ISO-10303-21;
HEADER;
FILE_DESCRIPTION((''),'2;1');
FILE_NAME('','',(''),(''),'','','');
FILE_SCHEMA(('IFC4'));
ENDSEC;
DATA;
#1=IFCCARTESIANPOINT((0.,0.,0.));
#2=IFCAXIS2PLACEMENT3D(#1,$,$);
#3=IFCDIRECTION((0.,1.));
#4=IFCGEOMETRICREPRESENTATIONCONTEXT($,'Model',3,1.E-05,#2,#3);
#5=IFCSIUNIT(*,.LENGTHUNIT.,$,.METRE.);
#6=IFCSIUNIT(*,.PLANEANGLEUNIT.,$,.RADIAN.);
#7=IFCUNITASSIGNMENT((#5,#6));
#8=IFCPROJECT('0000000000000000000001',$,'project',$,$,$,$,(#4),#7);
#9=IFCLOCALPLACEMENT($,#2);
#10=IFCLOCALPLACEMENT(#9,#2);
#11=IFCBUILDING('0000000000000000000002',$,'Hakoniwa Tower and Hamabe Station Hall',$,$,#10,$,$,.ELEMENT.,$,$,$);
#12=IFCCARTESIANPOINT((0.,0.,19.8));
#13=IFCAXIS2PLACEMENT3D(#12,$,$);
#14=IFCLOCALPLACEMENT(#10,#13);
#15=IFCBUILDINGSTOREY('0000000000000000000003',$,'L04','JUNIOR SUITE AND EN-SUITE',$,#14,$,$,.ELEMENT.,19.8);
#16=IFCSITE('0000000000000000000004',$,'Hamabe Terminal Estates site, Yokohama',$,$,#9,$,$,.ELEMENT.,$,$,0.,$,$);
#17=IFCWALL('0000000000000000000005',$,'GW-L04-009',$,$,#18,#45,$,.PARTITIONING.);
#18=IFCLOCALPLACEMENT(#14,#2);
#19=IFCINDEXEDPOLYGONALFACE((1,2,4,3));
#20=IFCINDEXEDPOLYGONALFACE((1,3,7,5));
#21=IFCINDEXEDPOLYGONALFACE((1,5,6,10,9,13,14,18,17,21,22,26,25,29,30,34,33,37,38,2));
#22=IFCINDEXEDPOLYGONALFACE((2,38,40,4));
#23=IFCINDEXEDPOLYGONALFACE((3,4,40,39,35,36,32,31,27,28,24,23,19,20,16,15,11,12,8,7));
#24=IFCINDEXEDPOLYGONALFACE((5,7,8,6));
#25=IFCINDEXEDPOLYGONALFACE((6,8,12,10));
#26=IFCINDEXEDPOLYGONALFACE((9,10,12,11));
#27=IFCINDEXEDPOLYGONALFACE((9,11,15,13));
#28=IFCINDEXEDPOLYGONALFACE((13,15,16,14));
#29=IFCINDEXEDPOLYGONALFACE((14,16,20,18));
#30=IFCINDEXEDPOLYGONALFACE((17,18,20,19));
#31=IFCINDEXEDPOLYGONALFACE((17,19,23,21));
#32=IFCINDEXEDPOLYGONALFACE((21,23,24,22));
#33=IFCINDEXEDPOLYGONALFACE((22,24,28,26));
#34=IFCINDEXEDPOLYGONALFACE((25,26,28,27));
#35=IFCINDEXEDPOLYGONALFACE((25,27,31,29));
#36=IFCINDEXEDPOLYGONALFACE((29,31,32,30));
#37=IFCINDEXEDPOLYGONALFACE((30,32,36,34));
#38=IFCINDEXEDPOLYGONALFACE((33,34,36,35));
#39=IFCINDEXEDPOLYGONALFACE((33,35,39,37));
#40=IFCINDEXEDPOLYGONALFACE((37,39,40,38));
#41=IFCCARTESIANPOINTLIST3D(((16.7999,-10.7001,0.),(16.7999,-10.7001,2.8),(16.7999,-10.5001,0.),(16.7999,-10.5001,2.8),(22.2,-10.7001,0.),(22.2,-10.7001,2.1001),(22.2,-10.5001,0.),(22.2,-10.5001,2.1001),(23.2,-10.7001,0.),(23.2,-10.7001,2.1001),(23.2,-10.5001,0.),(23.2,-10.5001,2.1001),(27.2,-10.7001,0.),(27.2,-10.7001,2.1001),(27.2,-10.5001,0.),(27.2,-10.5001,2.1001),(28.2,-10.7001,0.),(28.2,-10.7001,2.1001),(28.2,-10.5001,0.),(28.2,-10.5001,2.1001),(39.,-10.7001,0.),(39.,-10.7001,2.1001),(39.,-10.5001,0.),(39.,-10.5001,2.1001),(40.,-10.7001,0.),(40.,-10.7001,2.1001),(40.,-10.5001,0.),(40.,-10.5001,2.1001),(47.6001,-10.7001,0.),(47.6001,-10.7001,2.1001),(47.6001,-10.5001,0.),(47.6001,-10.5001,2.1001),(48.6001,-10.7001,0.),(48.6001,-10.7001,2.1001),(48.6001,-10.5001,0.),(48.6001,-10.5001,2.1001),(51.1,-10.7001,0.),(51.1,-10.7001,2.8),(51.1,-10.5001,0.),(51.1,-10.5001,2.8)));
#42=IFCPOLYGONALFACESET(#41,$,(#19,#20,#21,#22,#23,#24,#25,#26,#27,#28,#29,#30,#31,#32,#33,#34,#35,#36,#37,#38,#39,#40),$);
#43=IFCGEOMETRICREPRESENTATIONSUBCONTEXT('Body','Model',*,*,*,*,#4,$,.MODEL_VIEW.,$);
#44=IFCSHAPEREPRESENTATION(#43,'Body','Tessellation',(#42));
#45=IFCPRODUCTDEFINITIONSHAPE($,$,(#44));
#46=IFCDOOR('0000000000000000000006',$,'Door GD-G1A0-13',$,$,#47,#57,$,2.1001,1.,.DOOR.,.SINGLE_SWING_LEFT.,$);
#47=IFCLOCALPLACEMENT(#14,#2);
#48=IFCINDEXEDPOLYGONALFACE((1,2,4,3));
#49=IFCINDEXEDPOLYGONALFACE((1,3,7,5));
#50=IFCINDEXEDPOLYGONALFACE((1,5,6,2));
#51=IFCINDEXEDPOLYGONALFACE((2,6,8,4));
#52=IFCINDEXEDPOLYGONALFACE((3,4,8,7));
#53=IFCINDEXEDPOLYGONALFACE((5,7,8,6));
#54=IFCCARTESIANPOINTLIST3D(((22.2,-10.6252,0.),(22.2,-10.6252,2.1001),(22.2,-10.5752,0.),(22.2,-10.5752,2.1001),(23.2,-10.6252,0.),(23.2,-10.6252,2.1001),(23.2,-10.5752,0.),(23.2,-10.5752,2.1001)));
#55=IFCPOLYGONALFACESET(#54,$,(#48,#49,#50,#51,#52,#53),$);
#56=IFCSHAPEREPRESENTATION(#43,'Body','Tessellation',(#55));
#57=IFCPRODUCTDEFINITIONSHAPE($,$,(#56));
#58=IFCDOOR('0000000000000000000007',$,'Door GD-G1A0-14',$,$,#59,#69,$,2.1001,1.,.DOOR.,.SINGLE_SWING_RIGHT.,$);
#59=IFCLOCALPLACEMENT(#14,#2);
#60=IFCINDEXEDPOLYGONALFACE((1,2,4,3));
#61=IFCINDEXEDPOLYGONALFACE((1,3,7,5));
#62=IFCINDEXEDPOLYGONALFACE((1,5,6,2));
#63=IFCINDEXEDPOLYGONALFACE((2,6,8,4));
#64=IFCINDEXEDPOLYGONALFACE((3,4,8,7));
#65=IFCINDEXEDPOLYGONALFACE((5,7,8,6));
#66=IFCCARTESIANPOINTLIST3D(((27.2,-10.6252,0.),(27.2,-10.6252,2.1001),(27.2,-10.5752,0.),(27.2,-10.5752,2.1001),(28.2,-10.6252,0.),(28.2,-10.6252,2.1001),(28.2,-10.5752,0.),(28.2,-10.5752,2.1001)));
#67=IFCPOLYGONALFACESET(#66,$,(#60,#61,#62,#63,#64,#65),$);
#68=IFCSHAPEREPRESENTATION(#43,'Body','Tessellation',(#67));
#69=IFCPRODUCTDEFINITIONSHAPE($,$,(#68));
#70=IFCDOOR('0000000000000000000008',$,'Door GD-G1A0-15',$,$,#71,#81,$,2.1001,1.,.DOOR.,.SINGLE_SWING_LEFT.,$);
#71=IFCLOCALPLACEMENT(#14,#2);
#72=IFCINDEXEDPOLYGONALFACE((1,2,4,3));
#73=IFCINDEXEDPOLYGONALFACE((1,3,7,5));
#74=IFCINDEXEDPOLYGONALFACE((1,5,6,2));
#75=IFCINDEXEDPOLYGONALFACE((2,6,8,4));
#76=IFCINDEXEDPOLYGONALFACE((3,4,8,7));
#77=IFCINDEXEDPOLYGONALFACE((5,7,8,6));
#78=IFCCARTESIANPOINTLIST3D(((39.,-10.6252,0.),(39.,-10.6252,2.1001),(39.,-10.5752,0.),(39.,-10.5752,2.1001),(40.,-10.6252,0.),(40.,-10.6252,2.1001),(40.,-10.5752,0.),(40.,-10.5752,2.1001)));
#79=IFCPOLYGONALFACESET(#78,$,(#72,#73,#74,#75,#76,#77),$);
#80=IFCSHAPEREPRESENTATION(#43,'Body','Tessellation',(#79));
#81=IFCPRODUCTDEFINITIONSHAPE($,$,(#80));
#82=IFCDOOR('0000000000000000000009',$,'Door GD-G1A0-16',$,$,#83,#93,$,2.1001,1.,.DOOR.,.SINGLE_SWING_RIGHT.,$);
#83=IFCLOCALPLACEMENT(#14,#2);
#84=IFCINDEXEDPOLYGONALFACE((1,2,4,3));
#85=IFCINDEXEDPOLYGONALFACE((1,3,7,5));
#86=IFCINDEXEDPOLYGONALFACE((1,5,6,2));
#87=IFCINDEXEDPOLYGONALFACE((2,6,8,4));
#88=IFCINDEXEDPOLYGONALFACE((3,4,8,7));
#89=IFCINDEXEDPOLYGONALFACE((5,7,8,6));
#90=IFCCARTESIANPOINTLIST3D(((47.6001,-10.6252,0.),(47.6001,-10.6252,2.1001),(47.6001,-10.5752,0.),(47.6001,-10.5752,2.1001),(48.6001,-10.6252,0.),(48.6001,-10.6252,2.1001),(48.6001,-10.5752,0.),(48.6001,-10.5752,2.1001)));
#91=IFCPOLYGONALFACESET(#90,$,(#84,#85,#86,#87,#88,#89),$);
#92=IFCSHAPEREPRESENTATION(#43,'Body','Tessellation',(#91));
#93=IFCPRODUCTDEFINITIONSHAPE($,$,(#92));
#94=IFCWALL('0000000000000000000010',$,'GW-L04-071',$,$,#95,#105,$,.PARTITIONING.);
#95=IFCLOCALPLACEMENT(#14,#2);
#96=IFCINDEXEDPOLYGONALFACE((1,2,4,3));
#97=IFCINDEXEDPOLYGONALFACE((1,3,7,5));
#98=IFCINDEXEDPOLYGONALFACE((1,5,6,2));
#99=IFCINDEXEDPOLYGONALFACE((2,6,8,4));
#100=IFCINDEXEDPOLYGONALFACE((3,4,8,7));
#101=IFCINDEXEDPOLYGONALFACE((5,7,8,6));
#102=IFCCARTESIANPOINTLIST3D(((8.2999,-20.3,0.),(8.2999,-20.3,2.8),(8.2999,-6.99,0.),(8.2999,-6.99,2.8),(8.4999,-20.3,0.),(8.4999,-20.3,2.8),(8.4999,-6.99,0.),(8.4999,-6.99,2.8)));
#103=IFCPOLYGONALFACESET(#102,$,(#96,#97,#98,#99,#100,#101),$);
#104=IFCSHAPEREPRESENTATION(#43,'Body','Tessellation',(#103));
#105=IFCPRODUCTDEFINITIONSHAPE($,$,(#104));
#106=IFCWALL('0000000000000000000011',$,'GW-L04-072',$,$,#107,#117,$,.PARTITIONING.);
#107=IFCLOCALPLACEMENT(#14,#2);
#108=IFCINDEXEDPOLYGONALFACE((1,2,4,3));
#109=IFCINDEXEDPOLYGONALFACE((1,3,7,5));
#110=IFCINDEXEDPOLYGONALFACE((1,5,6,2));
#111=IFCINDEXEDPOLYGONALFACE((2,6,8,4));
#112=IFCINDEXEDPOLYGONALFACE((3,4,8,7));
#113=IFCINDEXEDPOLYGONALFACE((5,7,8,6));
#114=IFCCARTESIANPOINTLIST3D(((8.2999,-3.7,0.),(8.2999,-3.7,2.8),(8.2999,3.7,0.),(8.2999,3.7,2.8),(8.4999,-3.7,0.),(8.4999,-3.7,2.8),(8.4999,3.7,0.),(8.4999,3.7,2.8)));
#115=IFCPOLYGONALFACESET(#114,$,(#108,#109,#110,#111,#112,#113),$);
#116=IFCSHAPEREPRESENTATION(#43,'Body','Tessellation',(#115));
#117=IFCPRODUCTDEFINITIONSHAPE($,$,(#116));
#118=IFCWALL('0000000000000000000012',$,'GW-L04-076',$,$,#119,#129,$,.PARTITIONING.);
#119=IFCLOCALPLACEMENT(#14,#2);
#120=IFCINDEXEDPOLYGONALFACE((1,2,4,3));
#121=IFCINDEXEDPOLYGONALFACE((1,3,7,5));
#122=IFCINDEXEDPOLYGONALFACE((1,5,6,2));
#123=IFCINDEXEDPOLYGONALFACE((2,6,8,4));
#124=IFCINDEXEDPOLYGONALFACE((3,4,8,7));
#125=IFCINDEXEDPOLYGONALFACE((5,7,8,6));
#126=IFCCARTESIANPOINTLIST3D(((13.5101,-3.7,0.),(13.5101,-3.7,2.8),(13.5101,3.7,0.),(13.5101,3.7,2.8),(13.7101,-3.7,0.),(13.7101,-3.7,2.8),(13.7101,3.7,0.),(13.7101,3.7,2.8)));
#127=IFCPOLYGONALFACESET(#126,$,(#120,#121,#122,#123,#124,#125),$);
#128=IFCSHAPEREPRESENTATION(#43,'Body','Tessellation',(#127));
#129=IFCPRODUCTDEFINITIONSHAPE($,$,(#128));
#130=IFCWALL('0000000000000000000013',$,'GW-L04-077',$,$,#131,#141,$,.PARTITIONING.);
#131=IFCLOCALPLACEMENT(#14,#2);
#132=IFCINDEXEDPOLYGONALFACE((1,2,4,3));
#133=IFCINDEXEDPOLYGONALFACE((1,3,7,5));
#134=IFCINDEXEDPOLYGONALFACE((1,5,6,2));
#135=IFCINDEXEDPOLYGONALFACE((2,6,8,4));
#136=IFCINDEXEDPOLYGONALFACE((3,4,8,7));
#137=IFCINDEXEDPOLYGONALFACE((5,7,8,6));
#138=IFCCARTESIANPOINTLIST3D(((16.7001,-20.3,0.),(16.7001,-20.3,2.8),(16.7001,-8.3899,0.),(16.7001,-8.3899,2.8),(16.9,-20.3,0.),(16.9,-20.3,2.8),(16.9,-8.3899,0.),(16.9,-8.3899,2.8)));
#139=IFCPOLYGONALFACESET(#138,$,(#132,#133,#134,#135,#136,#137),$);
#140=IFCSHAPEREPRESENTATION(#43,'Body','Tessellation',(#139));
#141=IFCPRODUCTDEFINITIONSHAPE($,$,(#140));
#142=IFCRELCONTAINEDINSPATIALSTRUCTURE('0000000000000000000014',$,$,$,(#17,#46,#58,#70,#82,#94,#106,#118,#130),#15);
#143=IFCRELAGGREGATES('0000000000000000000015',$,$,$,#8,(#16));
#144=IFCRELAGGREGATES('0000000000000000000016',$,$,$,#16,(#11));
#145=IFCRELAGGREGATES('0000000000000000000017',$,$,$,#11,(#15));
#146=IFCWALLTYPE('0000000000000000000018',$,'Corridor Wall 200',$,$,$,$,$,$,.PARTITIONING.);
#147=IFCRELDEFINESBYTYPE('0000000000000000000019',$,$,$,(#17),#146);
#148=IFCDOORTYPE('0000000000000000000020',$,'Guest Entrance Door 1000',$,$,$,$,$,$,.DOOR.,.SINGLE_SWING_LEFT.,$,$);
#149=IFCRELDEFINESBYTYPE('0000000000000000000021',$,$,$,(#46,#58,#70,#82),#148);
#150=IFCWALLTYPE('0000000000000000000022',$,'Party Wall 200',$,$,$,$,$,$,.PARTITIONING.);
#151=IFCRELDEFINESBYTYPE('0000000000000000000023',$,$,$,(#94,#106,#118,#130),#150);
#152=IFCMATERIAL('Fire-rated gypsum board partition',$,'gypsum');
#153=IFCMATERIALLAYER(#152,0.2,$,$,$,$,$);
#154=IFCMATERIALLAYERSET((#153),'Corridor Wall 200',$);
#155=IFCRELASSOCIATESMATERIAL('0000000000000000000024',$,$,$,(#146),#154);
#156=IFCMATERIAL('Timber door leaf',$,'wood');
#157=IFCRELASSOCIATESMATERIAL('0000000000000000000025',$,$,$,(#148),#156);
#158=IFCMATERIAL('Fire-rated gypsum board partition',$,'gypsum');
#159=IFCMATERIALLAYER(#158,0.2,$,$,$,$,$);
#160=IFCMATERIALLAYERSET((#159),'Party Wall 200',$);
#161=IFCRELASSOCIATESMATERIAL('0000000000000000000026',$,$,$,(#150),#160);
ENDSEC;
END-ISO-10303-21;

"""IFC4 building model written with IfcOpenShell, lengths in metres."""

from ifc_helpers import new_model, si_unit, direction, frame, frame_2d, origin, place, context, subcontext, project, spatial, rectangle, extrude, material, layer, layer_set, type_object, element, fill, save


model = new_model("IFC4")

# Units and contexts
model_context = context("Model", 3, precision=1e-05, world=origin(), true_north=direction((0.0, 1.0)))
body_context = subcontext(model_context, "Body", "Model", "MODEL_VIEW")
ifc_project = project(units=[si_unit("LENGTHUNIT", "METRE"), si_unit("PLANEANGLEUNIT", "RADIAN")], contexts=[model_context])

# Site, building, storey
site_placement = place(None, origin())
site = spatial("IfcSite", under=ifc_project, at=site_placement, Name="Hamabe Terminal Estates site, Yokohama", CompositionType="ELEMENT", RefElevation=0.0)
building_placement = place(site_placement, origin())
building = spatial("IfcBuilding", under=site, at=building_placement, Name="Hakoniwa Tower and Hamabe Station Hall", CompositionType="ELEMENT")
storey_placement = place(building_placement, frame((0.0, 0.0, 19.8)))
storey = spatial("IfcBuildingStorey", under=building, at=storey_placement, Name="L04", Description="JUNIOR SUITE AND EN-SUITE", CompositionType="ELEMENT", Elevation=19.8)

# Wall, openings, doors
ifc_material_1 = material(Name="Fire-rated gypsum board partition", Category="gypsum")
ifc_layer_1 = layer(ifc_material_1, 0.2)
ifc_layer_set_1 = layer_set([ifc_layer_1], Name="Corridor Wall 200")
wall_type_1 = type_object("IfcWallType", Name="Corridor Wall 200", PredefinedType="PARTITIONING", material=ifc_layer_set_1)
wall_1_placement = place(storey_placement, frame((16.8, -10.6001, 0.0), z_axis=(0.0, 0.0, 1.0), x_axis=(1.0, 0.0, 0.0)))
wall_1 = element("IfcWall", 1, at=wall_1_placement, inside=storey, type_object=wall_type_1, Name="GW-L04-009", PredefinedType="PARTITIONING", context=body_context, shape_type="SweptSolid", body=[
    extrude(rectangle(XDim=34.3, YDim=0.2, at=frame_2d((17.1499, 0.0))), origin(), (0.0, 0.0, 1.0), 2.8),
])
opening_1_placement = place(wall_1_placement, frame((5.3999, 0.0, 0.0)))
opening_1 = element("IfcOpeningElement", 2, at=opening_1_placement, cuts=wall_1, PredefinedType="OPENING", context=body_context, shape_type="SweptSolid", body=[
    extrude(rectangle(XDim=1.0, YDim=2.1001, at=frame_2d((0.5, 1.05))), frame((0.0, 0.1099, 0.0), z_axis=(0.0, -1.0, 0.0), x_axis=(1.0, 0.0, 0.0)), (0.0, 0.0, 1.0), 0.22),
])
opening_2_placement = place(wall_1_placement, frame((10.3999, 0.0, 0.0)))
opening_2 = element("IfcOpeningElement", 3, at=opening_2_placement, cuts=wall_1, PredefinedType="OPENING", context=body_context, shape_type="SweptSolid", body=[
    extrude(rectangle(XDim=1.0, YDim=2.1001, at=frame_2d((0.5, 1.05))), frame((0.0, 0.1099, 0.0), z_axis=(0.0, -1.0, 0.0), x_axis=(1.0, 0.0, 0.0)), (0.0, 0.0, 1.0), 0.22),
])
opening_3_placement = place(wall_1_placement, frame((22.2, 0.0, 0.0)))
opening_3 = element("IfcOpeningElement", 4, at=opening_3_placement, cuts=wall_1, PredefinedType="OPENING", context=body_context, shape_type="SweptSolid", body=[
    extrude(rectangle(XDim=1.0, YDim=2.1001, at=frame_2d((0.5, 1.05))), frame((0.0, 0.1099, 0.0), z_axis=(0.0, -1.0, 0.0), x_axis=(1.0, 0.0, 0.0)), (0.0, 0.0, 1.0), 0.22),
])
opening_4_placement = place(wall_1_placement, frame((30.8, 0.0, 0.0)))
opening_4 = element("IfcOpeningElement", 5, at=opening_4_placement, cuts=wall_1, PredefinedType="OPENING", context=body_context, shape_type="SweptSolid", body=[
    extrude(rectangle(XDim=1.0, YDim=2.1001, at=frame_2d((0.5, 1.05))), frame((0.0, 0.1099, 0.0), z_axis=(0.0, -1.0, 0.0), x_axis=(1.0, 0.0, 0.0)), (0.0, 0.0, 1.0), 0.22),
])
ifc_material_2 = material(Name="Timber door leaf", Category="wood")
door_type_1 = type_object("IfcDoorType", Name="Guest Entrance Door 1000", OperationType="SINGLE_SWING_LEFT", PredefinedType="DOOR", material=ifc_material_2)
door_1_placement = place(opening_1_placement, origin())
door_1 = element("IfcDoor", 6, at=door_1_placement, inside=storey, type_object=door_type_1, Name="Door GD-G1A0-13", OperationType="SINGLE_SWING_LEFT", OverallHeight=2.1001, OverallWidth=1.0, PredefinedType="DOOR", context=body_context, shape_type="SweptSolid", body=[
    extrude(rectangle(XDim=1.0, YDim=2.1001, at=frame_2d((0.5, 1.05))), frame((0.0, 0.0249, 0.0), z_axis=(0.0, -1.0, 0.0), x_axis=(1.0, 0.0, 0.0)), (0.0, 0.0, 1.0), 0.05),
])
fill(opening_1, door_1)
door_2_placement = place(opening_2_placement, origin())
door_2 = element("IfcDoor", 7, at=door_2_placement, inside=storey, type_object=door_type_1, Name="Door GD-G1A0-14", OperationType="SINGLE_SWING_RIGHT", OverallHeight=2.1001, OverallWidth=1.0, PredefinedType="DOOR", context=body_context, shape_type="SweptSolid", body=[
    extrude(rectangle(XDim=1.0, YDim=2.1001, at=frame_2d((0.5, 1.05))), frame((0.0, 0.0249, 0.0), z_axis=(0.0, -1.0, 0.0), x_axis=(1.0, 0.0, 0.0)), (0.0, 0.0, 1.0), 0.05),
])
fill(opening_2, door_2)
door_3_placement = place(opening_3_placement, origin())
door_3 = element("IfcDoor", 8, at=door_3_placement, inside=storey, type_object=door_type_1, Name="Door GD-G1A0-15", OperationType="SINGLE_SWING_LEFT", OverallHeight=2.1001, OverallWidth=1.0, PredefinedType="DOOR", context=body_context, shape_type="SweptSolid", body=[
    extrude(rectangle(XDim=1.0, YDim=2.1001, at=frame_2d((0.5, 1.05))), frame((0.0, 0.0249, 0.0), z_axis=(0.0, -1.0, 0.0), x_axis=(1.0, 0.0, 0.0)), (0.0, 0.0, 1.0), 0.05),
])
fill(opening_3, door_3)
door_4_placement = place(opening_4_placement, origin())
door_4 = element("IfcDoor", 9, at=door_4_placement, inside=storey, type_object=door_type_1, Name="Door GD-G1A0-16", OperationType="SINGLE_SWING_RIGHT", OverallHeight=2.1001, OverallWidth=1.0, PredefinedType="DOOR", context=body_context, shape_type="SweptSolid", body=[
    extrude(rectangle(XDim=1.0, YDim=2.1001, at=frame_2d((0.5, 1.05))), frame((0.0, 0.0249, 0.0), z_axis=(0.0, -1.0, 0.0), x_axis=(1.0, 0.0, 0.0)), (0.0, 0.0, 1.0), 0.05),
])
fill(opening_4, door_4)

# Walls
ifc_material_3 = material(Name="Fire-rated gypsum board partition", Category="gypsum")
ifc_layer_2 = layer(ifc_material_3, 0.2)
ifc_layer_set_2 = layer_set([ifc_layer_2], Name="Party Wall 200")
wall_type_2 = type_object("IfcWallType", Name="Party Wall 200", PredefinedType="PARTITIONING", material=ifc_layer_set_2)
wall_2_placement = place(storey_placement, frame((8.3999, -20.3, 0.0), z_axis=(0.0, 0.0, 1.0), x_axis=(0.0, 1.0, 0.0)))
element("IfcWall", 10, at=wall_2_placement, inside=storey, type_object=wall_type_2, Name="GW-L04-071", PredefinedType="PARTITIONING", context=body_context, shape_type="SweptSolid", body=[
    extrude(rectangle(XDim=13.3101, YDim=0.2, at=frame_2d((6.655, 0.0))), origin(), (0.0, 0.0, 1.0), 2.8),
])
for number, where, z_axis, x_axis, name in (
    (11, (8.3999, -3.7, 0.0), (0.0, 0.0, 1.0), (0.0, 1.0, 0.0), "GW-L04-072"),
    (12, (13.6101, -3.7, 0.0), (0.0, 0.0, 1.0), (0.0, 1.0, 0.0), "GW-L04-076"),
):
    element("IfcWall", number, at=place(storey_placement, frame(where, z_axis=z_axis, x_axis=x_axis)), inside=storey, type_object=wall_type_2, Name=name, PredefinedType="PARTITIONING", context=body_context, shape_type="SweptSolid", body=[
        extrude(rectangle(XDim=7.3999, YDim=0.2, at=frame_2d((3.7, 0.0))), origin(), (0.0, 0.0, 1.0), 2.8),
    ])
wall_3_placement = place(storey_placement, frame((16.8, -20.3, 0.0), z_axis=(0.0, 0.0, 1.0), x_axis=(0.0, 1.0, 0.0)))
element("IfcWall", 13, at=wall_3_placement, inside=storey, type_object=wall_type_2, Name="GW-L04-077", PredefinedType="PARTITIONING", context=body_context, shape_type="SweptSolid", body=[
    extrude(rectangle(XDim=11.9102, YDim=0.2, at=frame_2d((5.9551, 0.0))), origin(), (0.0, 0.0, 1.0), 2.8),
])

save(model, "model.ifc")
